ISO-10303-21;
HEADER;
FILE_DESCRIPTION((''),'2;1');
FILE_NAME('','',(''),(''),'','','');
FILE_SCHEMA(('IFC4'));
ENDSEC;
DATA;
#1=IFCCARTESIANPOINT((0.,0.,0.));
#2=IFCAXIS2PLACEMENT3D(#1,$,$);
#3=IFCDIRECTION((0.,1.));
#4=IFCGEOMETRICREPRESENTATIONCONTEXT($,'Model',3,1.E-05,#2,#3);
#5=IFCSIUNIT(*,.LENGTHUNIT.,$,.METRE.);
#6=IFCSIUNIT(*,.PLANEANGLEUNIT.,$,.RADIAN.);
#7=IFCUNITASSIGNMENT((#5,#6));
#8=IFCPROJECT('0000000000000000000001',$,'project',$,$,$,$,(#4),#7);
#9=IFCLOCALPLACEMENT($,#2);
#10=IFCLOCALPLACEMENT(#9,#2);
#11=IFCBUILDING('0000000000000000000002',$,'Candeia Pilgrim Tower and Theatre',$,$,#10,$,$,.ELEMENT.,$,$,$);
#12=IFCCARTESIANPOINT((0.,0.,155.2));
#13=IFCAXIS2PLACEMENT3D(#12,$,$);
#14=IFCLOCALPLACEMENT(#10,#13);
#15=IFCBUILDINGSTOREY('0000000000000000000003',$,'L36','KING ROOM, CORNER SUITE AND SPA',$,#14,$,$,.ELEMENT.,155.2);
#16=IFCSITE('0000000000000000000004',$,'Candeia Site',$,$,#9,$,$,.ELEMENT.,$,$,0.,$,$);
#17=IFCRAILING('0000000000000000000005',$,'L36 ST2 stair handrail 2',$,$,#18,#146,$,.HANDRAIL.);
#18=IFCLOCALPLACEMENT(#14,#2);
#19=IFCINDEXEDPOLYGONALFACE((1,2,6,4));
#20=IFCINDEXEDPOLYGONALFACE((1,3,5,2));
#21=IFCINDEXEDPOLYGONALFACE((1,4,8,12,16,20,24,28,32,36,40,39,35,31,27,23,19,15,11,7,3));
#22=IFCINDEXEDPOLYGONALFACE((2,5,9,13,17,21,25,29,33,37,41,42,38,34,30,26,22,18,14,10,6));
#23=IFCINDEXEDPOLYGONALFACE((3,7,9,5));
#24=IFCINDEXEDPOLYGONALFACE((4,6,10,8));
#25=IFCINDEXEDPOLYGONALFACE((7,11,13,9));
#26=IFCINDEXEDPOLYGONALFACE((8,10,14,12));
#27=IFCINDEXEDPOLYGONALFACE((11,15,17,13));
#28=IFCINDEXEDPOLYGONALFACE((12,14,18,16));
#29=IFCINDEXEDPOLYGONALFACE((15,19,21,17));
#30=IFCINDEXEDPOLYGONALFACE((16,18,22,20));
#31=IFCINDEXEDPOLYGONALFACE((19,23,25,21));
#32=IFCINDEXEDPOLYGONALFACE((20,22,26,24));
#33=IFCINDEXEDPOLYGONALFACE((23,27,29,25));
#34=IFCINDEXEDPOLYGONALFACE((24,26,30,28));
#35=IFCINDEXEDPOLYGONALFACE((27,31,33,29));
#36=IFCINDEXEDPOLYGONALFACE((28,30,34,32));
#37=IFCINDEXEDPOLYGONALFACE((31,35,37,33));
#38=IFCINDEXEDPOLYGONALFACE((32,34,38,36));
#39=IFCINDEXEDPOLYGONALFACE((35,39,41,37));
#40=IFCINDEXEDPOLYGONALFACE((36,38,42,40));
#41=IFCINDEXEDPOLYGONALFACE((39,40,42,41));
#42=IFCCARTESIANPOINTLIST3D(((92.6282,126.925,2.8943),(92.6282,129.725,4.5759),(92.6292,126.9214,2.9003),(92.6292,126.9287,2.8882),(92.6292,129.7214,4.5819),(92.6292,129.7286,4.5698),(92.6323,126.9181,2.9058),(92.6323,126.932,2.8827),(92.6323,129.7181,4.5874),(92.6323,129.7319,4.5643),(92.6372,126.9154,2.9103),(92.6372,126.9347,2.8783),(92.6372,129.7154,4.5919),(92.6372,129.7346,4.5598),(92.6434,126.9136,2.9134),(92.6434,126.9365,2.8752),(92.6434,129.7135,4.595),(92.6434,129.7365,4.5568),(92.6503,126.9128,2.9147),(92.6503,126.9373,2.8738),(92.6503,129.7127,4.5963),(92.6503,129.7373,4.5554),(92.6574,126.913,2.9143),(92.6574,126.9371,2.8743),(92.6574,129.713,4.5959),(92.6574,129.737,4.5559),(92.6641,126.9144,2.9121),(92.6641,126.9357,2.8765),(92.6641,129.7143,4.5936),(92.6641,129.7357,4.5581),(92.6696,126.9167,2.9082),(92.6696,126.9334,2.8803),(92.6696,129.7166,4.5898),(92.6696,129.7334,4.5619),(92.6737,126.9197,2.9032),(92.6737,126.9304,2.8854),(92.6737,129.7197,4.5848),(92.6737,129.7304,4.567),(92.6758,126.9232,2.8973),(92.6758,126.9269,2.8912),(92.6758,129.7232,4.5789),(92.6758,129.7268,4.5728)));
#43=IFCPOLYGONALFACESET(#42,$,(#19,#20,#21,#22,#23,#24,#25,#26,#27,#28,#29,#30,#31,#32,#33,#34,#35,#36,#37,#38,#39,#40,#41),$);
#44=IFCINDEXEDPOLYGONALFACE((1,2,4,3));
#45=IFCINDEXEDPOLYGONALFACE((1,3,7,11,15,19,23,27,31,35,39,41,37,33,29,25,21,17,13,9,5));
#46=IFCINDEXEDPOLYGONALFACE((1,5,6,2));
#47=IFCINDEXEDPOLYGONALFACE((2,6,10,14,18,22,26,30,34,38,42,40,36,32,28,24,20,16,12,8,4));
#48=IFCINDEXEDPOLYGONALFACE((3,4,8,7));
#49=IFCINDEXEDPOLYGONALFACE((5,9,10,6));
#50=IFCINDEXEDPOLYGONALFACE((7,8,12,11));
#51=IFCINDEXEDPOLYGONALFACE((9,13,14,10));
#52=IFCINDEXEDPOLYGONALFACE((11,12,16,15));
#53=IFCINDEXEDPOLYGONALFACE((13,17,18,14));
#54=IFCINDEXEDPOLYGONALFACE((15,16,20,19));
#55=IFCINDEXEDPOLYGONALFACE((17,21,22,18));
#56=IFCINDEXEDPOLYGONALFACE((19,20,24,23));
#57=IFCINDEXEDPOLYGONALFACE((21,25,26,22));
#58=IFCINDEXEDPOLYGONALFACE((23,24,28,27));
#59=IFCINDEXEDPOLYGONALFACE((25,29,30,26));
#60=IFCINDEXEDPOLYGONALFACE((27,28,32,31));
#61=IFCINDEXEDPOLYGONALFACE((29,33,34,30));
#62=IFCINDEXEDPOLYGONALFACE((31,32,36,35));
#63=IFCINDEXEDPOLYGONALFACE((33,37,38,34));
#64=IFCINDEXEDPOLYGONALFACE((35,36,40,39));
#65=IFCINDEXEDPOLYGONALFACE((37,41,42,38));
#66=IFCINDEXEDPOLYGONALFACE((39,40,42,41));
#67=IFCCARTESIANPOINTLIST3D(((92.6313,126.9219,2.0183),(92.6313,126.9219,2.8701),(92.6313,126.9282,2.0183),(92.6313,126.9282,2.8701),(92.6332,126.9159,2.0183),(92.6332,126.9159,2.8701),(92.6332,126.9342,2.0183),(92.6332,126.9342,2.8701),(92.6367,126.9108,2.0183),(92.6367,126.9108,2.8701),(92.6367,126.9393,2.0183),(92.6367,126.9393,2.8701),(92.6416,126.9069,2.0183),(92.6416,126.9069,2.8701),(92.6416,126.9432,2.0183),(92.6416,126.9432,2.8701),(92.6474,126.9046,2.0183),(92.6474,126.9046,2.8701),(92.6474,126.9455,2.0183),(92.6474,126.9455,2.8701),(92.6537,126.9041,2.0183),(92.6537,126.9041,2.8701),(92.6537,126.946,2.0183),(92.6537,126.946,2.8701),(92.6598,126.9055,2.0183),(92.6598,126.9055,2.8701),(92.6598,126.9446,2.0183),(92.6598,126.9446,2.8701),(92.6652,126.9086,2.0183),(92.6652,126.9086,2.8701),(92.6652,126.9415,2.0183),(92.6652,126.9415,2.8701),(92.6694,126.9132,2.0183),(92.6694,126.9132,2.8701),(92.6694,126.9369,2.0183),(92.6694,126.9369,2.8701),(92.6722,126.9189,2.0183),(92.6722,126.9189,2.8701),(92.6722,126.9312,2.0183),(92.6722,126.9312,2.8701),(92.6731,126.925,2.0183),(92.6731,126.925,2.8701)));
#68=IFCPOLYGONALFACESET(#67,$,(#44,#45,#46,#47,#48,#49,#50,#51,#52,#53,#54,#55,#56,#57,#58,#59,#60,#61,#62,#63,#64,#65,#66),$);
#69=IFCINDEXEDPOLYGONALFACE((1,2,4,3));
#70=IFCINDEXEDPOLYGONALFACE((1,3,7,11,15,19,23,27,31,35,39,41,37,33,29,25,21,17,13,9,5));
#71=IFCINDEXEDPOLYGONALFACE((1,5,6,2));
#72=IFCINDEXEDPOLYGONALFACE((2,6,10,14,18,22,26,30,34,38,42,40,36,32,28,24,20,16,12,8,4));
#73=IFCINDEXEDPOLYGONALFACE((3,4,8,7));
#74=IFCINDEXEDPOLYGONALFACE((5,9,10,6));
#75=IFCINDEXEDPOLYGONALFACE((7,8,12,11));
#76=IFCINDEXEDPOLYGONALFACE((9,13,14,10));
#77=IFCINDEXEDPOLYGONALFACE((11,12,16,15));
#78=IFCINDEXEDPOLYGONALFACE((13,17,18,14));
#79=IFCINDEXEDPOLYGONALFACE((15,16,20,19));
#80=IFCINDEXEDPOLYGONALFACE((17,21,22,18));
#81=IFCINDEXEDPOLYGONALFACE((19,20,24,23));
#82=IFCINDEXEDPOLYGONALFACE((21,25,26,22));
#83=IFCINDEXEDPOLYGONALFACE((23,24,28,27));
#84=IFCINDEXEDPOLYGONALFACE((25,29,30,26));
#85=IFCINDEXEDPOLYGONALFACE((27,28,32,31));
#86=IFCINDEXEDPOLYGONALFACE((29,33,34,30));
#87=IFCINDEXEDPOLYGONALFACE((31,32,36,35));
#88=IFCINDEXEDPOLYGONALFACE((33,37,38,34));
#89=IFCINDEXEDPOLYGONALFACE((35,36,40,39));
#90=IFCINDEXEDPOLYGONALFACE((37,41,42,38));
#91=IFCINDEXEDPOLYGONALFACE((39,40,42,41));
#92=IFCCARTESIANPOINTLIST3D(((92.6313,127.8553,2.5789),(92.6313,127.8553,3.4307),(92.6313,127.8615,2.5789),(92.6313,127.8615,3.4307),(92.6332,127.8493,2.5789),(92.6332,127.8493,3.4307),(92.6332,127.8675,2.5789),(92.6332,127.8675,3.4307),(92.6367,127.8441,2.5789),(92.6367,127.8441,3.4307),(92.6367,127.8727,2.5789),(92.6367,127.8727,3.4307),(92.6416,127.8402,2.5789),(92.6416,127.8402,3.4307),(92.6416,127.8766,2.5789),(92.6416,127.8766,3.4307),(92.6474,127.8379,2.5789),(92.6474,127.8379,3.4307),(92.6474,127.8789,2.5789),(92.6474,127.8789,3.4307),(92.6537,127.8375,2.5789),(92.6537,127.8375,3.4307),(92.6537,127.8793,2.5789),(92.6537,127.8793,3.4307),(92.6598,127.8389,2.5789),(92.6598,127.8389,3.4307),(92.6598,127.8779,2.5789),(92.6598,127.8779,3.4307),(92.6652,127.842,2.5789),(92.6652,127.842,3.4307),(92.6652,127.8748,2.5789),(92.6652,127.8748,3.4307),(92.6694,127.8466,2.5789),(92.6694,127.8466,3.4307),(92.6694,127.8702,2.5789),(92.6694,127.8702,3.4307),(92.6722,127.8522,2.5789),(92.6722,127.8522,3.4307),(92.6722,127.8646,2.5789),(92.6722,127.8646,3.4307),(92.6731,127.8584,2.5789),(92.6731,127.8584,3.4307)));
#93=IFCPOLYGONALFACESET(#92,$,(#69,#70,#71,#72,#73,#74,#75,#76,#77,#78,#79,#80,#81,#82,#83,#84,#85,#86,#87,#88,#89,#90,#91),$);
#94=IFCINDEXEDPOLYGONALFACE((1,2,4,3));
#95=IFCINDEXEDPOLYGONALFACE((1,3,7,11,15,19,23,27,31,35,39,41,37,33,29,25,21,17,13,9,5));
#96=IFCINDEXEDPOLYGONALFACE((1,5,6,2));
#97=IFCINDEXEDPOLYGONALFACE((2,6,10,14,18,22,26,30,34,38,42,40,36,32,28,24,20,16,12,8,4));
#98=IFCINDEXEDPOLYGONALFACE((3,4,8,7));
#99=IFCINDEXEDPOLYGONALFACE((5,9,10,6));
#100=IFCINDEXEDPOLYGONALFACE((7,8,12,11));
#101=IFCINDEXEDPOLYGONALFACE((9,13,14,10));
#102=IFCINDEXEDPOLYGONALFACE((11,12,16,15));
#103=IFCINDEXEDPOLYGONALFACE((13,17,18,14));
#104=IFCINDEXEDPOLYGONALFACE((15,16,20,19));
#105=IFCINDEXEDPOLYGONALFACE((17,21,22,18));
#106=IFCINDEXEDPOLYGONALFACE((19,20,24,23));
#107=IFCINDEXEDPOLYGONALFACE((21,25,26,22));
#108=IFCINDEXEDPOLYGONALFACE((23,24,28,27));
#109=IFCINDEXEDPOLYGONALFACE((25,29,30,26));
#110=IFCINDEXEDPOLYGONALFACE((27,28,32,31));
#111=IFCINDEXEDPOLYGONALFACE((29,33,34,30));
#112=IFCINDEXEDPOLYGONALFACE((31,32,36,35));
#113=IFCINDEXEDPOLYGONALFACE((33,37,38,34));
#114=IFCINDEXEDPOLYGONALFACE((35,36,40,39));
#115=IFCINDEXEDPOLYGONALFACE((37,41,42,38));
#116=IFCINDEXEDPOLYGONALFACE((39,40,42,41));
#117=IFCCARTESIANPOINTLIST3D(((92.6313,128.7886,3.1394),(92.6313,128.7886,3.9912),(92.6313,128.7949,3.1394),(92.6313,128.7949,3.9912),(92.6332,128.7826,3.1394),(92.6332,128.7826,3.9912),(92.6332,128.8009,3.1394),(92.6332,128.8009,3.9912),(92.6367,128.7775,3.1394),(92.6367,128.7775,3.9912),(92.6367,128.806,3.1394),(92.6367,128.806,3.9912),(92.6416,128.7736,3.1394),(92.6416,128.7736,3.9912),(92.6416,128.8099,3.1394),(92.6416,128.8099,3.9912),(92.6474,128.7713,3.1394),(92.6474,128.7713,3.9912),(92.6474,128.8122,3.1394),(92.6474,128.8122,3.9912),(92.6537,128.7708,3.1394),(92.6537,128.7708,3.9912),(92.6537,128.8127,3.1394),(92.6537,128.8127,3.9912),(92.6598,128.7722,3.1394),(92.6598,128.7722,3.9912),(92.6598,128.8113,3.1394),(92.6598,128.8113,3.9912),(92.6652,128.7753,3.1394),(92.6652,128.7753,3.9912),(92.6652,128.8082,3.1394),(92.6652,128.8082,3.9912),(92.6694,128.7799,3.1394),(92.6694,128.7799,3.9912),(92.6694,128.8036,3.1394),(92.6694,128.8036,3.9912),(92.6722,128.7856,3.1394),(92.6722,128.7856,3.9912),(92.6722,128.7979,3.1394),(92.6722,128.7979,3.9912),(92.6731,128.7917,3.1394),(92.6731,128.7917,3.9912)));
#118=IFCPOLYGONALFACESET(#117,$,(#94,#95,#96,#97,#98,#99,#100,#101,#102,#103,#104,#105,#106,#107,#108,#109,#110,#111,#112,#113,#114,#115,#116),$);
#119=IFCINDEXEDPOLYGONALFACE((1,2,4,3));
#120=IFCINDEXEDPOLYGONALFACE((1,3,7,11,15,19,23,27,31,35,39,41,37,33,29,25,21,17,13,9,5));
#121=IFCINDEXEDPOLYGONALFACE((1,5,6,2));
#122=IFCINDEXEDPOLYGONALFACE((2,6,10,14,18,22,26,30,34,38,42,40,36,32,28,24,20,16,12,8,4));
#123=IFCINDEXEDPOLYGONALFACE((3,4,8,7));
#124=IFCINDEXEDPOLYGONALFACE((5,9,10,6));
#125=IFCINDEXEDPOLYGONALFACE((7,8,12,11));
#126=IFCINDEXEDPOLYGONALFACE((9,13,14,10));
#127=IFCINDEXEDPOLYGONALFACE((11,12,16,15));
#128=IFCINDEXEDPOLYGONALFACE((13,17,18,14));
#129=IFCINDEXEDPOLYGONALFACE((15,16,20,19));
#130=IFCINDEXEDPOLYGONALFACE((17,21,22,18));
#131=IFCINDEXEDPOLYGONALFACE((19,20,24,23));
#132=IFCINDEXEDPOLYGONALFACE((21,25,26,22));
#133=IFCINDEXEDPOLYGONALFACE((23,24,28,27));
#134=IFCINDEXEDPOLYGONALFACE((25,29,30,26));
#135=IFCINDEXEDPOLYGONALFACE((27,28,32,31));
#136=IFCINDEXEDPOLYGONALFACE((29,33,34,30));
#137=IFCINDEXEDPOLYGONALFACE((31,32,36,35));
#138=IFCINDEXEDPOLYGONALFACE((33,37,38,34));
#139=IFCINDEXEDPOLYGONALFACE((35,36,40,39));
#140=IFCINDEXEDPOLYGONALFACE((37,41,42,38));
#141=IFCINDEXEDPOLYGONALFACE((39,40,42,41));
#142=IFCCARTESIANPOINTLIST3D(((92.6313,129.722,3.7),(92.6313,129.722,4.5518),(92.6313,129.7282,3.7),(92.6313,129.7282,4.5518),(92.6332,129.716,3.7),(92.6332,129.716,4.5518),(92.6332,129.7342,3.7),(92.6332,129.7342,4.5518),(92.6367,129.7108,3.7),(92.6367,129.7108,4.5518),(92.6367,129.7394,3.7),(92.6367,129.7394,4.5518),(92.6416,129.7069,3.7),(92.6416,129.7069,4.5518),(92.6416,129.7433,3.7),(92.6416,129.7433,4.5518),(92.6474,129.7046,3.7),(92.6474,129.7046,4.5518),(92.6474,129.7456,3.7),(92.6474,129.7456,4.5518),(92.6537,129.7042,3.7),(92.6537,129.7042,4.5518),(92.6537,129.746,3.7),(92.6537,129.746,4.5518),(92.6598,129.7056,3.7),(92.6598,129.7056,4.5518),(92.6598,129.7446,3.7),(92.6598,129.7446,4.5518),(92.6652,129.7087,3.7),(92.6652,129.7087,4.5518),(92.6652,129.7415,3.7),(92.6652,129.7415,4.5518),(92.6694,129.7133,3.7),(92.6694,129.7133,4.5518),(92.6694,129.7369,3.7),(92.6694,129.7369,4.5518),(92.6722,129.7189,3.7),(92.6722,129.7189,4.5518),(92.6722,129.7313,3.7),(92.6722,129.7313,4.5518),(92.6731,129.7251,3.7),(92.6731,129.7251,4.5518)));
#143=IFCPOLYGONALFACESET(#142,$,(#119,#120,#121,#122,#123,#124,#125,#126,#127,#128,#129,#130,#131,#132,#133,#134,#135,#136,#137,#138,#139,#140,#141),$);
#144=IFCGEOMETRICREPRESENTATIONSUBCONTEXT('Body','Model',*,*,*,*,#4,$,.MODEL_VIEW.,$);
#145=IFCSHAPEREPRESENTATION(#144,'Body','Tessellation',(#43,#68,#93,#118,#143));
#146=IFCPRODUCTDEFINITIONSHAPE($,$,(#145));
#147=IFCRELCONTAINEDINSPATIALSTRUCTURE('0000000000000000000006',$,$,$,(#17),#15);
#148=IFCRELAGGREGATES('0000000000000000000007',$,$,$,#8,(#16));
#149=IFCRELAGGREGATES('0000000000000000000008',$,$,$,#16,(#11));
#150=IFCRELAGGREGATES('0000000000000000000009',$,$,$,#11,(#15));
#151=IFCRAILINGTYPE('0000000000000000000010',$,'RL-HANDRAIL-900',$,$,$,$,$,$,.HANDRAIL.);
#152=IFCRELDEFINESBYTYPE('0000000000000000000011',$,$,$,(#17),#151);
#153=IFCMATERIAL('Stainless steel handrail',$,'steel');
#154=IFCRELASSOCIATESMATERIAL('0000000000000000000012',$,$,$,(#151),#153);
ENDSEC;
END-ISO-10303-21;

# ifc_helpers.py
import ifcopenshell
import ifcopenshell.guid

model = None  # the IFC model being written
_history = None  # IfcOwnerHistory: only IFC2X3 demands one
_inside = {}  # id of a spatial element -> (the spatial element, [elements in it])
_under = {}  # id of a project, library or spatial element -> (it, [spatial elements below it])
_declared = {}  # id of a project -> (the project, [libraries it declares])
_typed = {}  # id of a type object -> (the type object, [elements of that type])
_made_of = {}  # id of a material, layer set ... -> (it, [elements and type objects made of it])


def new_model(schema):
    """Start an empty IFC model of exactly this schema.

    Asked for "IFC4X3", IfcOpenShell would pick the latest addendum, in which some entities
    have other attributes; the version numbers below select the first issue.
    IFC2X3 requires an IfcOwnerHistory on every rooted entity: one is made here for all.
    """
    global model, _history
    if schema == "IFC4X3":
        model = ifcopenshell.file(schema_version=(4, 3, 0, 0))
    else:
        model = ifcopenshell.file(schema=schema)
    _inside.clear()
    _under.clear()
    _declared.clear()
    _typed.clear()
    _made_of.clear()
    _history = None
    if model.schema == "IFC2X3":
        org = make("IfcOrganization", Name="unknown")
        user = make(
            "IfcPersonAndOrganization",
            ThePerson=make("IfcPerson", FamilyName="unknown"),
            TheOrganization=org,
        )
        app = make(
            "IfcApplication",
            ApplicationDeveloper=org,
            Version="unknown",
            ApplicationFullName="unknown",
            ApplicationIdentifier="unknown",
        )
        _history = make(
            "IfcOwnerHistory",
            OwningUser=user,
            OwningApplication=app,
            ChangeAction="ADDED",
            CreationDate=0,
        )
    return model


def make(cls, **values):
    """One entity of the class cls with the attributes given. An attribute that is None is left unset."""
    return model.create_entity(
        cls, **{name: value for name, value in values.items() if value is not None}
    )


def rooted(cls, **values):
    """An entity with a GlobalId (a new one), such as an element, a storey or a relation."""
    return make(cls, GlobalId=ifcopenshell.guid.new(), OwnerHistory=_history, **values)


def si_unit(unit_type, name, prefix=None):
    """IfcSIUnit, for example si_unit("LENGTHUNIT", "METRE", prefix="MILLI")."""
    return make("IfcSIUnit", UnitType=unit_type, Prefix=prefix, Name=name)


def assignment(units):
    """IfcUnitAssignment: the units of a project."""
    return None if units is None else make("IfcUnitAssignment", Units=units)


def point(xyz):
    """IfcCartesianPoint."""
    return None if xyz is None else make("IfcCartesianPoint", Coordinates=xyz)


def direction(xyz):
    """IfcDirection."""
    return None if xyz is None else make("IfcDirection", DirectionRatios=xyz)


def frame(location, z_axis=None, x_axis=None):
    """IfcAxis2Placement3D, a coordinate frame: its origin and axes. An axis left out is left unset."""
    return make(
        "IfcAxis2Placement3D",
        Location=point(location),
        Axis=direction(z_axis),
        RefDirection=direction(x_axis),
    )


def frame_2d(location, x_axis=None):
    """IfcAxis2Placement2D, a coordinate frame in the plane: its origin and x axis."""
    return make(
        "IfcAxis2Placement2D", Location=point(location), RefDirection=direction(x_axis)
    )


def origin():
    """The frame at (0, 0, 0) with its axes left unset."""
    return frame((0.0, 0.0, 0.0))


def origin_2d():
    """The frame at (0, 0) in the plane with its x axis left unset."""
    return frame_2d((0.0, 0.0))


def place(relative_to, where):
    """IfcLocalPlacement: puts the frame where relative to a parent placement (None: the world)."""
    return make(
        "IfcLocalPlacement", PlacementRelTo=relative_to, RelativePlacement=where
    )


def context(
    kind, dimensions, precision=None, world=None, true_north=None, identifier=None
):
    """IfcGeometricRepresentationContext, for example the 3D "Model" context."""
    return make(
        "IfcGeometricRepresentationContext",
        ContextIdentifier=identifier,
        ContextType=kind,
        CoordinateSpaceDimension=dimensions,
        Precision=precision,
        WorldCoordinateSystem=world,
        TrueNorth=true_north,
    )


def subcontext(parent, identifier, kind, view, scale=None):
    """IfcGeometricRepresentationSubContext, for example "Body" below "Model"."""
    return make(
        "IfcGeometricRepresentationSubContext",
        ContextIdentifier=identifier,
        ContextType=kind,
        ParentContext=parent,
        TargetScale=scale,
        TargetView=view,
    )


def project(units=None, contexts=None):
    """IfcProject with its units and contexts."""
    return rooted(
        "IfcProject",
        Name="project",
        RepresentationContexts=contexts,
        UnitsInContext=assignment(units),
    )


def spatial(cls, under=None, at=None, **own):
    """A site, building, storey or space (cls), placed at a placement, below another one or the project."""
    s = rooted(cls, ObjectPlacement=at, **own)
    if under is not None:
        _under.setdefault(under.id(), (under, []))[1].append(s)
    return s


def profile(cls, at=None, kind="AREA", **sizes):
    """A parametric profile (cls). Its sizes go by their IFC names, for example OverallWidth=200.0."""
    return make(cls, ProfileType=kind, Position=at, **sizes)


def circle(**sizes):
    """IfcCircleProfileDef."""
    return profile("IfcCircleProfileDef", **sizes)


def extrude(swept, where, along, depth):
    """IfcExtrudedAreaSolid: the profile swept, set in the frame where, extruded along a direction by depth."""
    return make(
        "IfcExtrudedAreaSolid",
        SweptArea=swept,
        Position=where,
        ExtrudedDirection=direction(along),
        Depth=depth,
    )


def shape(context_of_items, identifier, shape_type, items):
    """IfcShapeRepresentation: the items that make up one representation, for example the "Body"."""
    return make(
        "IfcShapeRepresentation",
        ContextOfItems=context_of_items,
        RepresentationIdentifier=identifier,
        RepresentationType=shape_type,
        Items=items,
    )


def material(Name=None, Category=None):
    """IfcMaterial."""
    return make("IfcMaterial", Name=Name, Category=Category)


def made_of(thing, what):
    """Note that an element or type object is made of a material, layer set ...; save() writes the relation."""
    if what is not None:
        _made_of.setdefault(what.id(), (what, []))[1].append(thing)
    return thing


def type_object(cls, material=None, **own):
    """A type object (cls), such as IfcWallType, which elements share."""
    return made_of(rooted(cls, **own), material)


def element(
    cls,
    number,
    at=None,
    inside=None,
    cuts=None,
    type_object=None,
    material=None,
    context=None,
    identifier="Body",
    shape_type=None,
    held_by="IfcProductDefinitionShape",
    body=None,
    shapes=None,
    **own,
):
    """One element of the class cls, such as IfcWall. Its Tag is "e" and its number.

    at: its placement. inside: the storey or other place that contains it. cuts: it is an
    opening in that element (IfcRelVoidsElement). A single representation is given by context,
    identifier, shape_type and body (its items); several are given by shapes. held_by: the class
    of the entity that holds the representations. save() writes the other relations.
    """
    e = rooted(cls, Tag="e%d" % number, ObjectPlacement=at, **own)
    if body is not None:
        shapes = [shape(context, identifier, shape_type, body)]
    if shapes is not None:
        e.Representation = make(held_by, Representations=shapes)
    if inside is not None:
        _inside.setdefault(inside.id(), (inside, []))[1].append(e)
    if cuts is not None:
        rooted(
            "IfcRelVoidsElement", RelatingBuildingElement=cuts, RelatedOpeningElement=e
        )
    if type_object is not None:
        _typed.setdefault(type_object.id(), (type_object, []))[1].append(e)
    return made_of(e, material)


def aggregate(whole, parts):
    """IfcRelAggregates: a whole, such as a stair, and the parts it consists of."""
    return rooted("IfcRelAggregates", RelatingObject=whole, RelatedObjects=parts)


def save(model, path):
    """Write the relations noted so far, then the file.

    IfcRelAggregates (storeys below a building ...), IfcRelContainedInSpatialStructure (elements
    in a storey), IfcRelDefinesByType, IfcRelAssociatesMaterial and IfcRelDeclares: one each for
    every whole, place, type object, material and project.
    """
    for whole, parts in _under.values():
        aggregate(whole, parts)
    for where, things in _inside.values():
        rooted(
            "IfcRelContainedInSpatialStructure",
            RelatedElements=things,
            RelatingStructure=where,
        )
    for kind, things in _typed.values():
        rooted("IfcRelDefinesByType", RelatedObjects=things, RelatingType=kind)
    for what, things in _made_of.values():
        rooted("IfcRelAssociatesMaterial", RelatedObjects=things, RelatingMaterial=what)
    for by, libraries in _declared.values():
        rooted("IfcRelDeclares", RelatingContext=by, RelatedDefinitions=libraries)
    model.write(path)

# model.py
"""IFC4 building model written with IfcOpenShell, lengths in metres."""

from ifc_helpers import new_model, si_unit, direction, frame, origin, origin_2d, place, context, subcontext, project, spatial, circle, extrude, material, type_object, element, save


model = new_model("IFC4")

# Units and contexts
model_context = context("Model", 3, precision=1e-05, world=origin(), true_north=direction((0.0, 1.0)))
body_context = subcontext(model_context, "Body", "Model", "MODEL_VIEW")
ifc_project = project(units=[si_unit("LENGTHUNIT", "METRE"), si_unit("PLANEANGLEUNIT", "RADIAN")], contexts=[model_context])

# Site, building, storey
site_placement = place(None, origin())
site = spatial("IfcSite", under=ifc_project, at=site_placement, Name="Candeia Site", CompositionType="ELEMENT", RefElevation=0.0)
building_placement = place(site_placement, origin())
building = spatial("IfcBuilding", under=site, at=building_placement, Name="Candeia Pilgrim Tower and Theatre", CompositionType="ELEMENT")
storey_placement = place(building_placement, frame((0.0, 0.0, 155.2)))
storey = spatial("IfcBuildingStorey", under=building, at=storey_placement, Name="L36", Description="KING ROOM, CORNER SUITE AND SPA", CompositionType="ELEMENT", Elevation=155.2)

# Railing
ifc_material_1 = material(Name="Stainless steel handrail", Category="steel")
railing_type = type_object("IfcRailingType", Name="RL-HANDRAIL-900", PredefinedType="HANDRAIL", material=ifc_material_1)
for number, where, name in (
    (1, (92.6521, 126.925, 2.0183), "L36 ST2 stair handrail 2"),
):
    element("IfcRailing", number, at=place(storey_placement, frame(where)), inside=storey, type_object=railing_type, Name=name, PredefinedType="HANDRAIL", context=body_context, shape_type="SweptSolid", body=[
        extrude(circle(Radius=0.0239, at=origin_2d()), frame((0.0, 0.0, 0.876), z_axis=(0.0, 0.857275, 0.514858), x_axis=(-1.0, 0.0, 0.0)), (0.0, 0.0, 1.0), 3.2661),
        extrude(circle(Radius=0.021, at=origin_2d()), origin(), (0.0, 0.0, 1.0), 0.8518),
        extrude(circle(Radius=0.021, at=origin_2d()), frame((0.0, 0.9333, 0.5605)), (0.0, 0.0, 1.0), 0.8518),
        extrude(circle(Radius=0.021, at=origin_2d()), frame((0.0, 1.8667, 1.1211)), (0.0, 0.0, 1.0), 0.8518),
        extrude(circle(Radius=0.021, at=origin_2d()), frame((0.0, 2.8, 1.6816)), (0.0, 0.0, 1.0), 0.8518),
    ])

save(model, "model.ifc")
